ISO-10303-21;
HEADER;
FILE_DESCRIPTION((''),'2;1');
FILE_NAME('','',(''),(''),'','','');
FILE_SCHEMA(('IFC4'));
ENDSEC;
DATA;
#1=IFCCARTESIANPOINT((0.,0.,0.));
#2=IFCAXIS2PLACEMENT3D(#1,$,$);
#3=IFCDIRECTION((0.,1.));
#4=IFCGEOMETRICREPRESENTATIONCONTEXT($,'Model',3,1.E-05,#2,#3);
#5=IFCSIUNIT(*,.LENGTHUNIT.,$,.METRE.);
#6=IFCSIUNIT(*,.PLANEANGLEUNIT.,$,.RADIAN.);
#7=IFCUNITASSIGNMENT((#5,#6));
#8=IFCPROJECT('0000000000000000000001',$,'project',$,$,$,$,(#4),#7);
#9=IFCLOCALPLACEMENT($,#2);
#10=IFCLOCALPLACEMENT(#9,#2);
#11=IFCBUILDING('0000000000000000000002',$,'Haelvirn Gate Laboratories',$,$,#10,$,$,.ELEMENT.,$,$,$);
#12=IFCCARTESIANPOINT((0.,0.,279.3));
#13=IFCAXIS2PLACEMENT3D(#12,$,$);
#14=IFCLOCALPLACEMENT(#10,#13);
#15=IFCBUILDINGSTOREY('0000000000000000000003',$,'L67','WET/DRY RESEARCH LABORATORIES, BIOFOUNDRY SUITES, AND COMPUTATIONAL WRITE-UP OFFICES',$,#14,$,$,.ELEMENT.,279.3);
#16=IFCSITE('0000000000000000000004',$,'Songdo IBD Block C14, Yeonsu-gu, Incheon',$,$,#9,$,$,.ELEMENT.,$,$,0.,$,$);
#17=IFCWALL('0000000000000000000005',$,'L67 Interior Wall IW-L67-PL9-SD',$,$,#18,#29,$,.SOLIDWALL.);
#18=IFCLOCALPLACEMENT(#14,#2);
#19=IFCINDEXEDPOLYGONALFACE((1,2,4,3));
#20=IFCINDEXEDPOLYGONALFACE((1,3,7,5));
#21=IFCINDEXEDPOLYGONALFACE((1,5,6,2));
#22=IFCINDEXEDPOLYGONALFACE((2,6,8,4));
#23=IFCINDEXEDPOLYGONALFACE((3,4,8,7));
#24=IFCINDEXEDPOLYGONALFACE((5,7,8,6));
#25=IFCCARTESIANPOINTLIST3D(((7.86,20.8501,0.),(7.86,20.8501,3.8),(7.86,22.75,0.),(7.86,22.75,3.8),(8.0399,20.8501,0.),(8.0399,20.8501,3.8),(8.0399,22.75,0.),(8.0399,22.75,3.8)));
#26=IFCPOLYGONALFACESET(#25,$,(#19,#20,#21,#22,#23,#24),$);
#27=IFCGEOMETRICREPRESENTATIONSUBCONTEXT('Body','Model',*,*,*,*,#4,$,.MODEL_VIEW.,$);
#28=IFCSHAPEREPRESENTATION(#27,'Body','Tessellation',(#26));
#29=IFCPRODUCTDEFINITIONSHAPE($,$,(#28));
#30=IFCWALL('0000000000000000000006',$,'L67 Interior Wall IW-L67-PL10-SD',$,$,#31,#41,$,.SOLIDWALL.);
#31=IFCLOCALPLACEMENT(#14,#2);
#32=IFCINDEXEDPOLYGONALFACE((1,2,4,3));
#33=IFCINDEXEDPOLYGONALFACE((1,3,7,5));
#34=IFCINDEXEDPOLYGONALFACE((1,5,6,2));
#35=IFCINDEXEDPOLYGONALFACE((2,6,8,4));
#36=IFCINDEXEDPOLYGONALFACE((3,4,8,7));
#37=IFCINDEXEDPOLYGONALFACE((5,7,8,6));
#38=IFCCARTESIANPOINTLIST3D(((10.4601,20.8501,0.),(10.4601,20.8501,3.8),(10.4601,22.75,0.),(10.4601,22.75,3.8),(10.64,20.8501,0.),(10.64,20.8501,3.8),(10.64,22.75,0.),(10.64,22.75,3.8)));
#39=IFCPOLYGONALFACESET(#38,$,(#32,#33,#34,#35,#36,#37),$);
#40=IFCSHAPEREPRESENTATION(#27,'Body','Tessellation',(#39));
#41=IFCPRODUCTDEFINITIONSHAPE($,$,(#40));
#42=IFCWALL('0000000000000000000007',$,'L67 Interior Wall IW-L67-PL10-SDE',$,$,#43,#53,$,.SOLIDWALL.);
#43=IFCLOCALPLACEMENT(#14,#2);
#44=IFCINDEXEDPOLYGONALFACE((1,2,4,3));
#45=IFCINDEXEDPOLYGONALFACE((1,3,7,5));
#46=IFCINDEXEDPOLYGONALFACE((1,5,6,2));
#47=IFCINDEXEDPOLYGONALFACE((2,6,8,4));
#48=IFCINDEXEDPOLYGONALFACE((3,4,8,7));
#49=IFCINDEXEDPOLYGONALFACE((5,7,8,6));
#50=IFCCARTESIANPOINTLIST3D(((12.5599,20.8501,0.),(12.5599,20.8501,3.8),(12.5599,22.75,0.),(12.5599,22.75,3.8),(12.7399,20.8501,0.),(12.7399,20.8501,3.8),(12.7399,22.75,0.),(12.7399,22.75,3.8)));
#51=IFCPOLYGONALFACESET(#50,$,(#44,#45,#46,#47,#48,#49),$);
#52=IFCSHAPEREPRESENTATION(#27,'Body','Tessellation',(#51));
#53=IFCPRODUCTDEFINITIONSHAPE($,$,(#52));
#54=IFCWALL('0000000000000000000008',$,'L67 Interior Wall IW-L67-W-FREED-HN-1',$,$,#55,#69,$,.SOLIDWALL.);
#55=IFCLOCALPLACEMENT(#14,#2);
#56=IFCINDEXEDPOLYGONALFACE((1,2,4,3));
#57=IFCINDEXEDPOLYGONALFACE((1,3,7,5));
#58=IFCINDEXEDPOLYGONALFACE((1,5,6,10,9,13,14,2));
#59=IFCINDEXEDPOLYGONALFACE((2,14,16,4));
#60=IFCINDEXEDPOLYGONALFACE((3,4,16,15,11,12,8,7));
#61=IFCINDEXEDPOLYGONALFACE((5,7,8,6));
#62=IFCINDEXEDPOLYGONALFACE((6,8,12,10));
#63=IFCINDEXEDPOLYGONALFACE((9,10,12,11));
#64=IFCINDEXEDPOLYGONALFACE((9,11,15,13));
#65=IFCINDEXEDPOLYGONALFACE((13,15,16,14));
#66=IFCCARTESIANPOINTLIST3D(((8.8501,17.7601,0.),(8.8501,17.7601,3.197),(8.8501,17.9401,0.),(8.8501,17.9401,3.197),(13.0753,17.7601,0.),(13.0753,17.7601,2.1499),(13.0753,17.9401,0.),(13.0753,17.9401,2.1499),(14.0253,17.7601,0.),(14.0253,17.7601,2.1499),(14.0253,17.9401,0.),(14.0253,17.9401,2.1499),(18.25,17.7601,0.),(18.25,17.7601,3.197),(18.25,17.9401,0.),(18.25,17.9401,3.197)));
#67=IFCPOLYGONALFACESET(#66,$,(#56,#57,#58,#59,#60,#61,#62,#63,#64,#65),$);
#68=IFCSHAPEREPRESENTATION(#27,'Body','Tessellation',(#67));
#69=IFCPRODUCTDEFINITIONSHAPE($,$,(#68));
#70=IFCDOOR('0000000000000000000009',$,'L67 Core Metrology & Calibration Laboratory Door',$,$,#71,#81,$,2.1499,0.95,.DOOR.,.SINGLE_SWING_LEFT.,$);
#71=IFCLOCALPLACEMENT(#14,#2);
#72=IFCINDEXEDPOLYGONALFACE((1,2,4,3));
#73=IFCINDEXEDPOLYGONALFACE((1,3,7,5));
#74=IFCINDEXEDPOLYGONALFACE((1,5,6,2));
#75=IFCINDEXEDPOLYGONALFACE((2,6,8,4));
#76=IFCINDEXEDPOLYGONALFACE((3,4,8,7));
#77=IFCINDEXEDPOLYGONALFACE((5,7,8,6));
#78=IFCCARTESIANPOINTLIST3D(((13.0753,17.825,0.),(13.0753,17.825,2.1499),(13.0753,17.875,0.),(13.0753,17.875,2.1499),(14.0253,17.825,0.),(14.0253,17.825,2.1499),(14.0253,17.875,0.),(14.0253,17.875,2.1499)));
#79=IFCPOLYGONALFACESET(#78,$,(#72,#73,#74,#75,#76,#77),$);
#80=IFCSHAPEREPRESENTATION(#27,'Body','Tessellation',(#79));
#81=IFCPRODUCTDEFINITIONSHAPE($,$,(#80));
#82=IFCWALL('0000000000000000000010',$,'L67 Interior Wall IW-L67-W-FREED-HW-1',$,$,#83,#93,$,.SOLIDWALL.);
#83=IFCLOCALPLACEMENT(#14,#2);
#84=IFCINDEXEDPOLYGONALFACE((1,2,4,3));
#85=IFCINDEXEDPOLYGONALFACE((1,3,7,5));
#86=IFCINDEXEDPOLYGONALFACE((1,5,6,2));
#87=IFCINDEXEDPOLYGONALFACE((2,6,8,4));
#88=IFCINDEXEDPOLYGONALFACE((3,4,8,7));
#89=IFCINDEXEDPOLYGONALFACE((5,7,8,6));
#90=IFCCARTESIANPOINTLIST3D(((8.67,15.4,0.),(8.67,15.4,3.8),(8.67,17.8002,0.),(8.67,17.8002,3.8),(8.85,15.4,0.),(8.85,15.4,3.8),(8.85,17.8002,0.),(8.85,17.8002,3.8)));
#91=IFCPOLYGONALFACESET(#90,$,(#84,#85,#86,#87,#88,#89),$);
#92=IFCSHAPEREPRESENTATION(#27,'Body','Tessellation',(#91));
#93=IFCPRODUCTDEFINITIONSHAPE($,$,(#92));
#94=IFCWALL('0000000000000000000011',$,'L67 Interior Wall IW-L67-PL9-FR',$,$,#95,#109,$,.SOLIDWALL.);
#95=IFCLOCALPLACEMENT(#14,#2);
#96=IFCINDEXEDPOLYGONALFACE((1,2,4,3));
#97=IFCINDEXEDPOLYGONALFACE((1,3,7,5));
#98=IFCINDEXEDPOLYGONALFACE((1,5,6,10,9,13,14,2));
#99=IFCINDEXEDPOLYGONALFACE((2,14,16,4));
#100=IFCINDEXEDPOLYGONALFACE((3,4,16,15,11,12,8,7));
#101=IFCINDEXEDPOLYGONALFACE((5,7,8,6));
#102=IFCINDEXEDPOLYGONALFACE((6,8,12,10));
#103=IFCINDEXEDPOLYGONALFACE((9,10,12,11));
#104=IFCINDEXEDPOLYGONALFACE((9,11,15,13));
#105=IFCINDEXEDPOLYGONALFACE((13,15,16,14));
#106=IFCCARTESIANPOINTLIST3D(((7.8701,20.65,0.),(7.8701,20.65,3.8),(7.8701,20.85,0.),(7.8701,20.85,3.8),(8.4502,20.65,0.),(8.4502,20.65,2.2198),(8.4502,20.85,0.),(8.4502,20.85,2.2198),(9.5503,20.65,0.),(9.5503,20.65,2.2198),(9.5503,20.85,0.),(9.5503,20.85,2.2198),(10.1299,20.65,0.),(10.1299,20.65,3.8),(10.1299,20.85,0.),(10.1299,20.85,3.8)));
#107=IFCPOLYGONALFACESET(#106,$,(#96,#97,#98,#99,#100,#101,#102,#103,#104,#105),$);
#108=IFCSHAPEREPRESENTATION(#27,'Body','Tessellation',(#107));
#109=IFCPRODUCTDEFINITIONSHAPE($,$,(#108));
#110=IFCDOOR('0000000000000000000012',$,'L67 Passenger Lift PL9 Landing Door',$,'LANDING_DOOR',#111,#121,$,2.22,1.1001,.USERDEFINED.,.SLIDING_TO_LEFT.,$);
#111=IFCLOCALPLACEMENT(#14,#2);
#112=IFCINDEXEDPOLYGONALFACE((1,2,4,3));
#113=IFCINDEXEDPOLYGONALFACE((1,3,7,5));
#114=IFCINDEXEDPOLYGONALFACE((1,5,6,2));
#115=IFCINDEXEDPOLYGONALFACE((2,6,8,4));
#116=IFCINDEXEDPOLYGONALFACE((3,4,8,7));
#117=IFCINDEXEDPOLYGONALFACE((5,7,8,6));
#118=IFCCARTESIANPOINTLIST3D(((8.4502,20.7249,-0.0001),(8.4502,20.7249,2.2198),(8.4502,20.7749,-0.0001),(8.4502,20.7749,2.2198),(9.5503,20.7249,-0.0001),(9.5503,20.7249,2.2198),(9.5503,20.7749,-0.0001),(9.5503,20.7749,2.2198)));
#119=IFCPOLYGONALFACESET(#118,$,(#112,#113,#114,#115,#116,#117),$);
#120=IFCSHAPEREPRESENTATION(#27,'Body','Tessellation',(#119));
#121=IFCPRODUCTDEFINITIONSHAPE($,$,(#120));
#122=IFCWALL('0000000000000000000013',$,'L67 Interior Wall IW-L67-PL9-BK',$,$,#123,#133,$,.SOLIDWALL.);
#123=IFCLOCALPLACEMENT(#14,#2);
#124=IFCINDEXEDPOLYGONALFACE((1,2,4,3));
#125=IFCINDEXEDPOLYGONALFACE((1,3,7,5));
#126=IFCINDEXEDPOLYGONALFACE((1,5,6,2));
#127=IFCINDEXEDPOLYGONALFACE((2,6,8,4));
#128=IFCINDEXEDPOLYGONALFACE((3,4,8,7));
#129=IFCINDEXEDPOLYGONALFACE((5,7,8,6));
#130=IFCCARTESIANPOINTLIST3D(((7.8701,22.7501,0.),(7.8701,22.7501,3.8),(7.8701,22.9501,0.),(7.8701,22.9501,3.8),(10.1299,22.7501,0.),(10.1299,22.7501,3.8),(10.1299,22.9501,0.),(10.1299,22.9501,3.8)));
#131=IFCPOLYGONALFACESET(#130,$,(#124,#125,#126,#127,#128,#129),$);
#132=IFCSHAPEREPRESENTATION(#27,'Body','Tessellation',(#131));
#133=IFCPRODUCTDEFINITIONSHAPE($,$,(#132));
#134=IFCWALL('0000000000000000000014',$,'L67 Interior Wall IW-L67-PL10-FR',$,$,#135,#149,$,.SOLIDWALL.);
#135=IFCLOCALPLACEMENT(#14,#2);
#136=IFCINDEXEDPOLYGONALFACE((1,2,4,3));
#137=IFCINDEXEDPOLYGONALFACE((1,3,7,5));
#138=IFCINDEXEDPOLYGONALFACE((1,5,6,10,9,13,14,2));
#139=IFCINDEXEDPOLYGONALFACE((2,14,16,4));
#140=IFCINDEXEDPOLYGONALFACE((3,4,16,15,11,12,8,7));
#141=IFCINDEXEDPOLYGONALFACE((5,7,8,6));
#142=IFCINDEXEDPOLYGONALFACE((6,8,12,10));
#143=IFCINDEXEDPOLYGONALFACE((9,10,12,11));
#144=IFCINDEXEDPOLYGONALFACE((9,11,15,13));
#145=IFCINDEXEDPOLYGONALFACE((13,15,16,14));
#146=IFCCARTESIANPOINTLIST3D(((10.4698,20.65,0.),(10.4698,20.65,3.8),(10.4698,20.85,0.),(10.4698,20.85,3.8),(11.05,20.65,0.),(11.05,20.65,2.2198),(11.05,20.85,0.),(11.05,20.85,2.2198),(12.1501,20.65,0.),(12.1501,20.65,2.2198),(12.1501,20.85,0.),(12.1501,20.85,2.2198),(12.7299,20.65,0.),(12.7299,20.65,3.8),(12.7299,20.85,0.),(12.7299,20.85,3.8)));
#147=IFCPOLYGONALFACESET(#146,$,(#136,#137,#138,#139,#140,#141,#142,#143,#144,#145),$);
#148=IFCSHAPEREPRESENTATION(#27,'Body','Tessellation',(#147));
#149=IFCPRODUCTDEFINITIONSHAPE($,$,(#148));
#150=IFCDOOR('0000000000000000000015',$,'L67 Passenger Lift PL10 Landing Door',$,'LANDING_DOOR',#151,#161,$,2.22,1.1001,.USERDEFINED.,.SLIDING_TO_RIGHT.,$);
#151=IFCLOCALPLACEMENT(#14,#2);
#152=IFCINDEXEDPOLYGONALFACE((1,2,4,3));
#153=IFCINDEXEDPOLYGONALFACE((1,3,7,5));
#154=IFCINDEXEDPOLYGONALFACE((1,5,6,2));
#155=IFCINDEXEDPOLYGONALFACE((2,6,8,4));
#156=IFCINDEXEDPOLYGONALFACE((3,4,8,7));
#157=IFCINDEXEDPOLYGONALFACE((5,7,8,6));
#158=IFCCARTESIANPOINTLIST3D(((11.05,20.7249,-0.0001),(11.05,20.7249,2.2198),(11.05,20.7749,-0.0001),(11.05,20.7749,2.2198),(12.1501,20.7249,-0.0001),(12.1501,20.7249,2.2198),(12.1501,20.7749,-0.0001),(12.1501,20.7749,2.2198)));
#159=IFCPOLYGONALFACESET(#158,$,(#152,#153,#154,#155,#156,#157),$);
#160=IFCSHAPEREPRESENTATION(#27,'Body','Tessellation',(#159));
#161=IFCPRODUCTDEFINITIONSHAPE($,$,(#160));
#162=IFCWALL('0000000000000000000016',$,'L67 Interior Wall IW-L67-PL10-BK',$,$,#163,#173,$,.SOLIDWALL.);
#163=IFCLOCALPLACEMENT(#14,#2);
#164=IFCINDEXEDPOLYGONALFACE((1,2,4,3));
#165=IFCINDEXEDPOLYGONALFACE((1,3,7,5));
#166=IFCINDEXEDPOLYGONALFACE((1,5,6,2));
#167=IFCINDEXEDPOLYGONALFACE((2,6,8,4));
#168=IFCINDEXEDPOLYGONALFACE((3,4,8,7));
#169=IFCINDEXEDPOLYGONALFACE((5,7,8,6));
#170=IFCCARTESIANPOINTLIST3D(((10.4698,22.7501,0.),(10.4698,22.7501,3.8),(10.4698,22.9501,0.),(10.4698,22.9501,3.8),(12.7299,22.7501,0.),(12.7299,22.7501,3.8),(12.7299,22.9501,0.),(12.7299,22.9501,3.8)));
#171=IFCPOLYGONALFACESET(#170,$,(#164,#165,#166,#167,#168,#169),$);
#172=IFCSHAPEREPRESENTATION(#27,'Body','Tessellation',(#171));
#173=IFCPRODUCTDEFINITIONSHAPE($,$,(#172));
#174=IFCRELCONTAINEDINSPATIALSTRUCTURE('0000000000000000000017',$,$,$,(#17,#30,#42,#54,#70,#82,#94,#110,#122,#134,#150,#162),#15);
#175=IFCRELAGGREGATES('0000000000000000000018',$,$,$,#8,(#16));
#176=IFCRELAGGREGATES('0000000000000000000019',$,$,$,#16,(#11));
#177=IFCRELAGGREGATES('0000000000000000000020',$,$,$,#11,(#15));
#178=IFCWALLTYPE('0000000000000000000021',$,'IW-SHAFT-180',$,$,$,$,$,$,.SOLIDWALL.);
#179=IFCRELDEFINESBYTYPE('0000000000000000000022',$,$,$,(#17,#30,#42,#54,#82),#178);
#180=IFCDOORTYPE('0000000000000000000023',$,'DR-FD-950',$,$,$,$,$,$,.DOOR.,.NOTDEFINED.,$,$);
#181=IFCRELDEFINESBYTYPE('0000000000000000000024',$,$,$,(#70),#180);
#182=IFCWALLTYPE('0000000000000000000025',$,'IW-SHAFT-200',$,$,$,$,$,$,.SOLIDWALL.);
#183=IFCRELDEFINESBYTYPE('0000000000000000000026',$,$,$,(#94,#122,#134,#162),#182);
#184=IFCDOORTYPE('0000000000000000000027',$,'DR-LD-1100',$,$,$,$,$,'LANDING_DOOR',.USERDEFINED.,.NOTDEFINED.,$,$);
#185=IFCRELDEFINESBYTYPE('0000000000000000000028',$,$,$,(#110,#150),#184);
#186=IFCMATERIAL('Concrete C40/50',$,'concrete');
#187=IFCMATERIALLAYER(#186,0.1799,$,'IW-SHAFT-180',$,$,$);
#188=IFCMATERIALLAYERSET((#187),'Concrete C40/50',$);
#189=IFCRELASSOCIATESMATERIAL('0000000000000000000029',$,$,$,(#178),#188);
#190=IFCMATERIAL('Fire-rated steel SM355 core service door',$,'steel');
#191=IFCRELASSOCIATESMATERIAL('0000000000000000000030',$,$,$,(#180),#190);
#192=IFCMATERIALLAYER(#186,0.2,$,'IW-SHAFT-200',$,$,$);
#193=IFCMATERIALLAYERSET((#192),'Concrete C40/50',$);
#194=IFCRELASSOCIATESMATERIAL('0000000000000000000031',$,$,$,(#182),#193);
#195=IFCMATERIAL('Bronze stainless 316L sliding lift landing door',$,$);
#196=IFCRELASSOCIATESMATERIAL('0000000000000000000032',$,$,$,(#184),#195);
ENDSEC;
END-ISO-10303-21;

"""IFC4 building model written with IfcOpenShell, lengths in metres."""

from ifc_helpers import new_model, si_unit, direction, frame, frame_2d, origin, place, context, subcontext, project, spatial, rectangle, extrude, source, transform, mapped, material, layer, layer_set, type_object, type_shapes, element, fill, save


model = new_model("IFC4")

# Units and contexts
model_context = context("Model", 3, precision=1e-05, world=origin(), true_north=direction((0.0, 1.0)))
body_context = subcontext(model_context, "Body", "Model", "MODEL_VIEW")
ifc_project = project(units=[si_unit("LENGTHUNIT", "METRE"), si_unit("PLANEANGLEUNIT", "RADIAN")], contexts=[model_context])

# Site, building, storey
site_placement = place(None, origin())
site = spatial("IfcSite", under=ifc_project, at=site_placement, Name="Songdo IBD Block C14, Yeonsu-gu, Incheon", CompositionType="ELEMENT", RefElevation=0.0)
building_placement = place(site_placement, origin())
building = spatial("IfcBuilding", under=site, at=building_placement, Name="Haelvirn Gate Laboratories", CompositionType="ELEMENT")
storey_placement = place(building_placement, frame((0.0, 0.0, 279.3)))
storey = spatial("IfcBuildingStorey", under=building, at=storey_placement, Name="L67", Description="WET/DRY RESEARCH LABORATORIES, BIOFOUNDRY SUITES, AND COMPUTATIONAL WRITE-UP OFFICES", CompositionType="ELEMENT", Elevation=279.3)

# Walls
ifc_material_1 = material(Name="Concrete C40/50", Category="concrete")
ifc_layer_1 = layer(ifc_material_1, 0.1799, Name="IW-SHAFT-180")
ifc_layer_set_1 = layer_set([ifc_layer_1], Name="Concrete C40/50")
wall_type_1 = type_object("IfcWallType", Name="IW-SHAFT-180", PredefinedType="SOLIDWALL", material=ifc_layer_set_1)
for number, where, z_axis, x_axis, name in (
    (1, (7.95, 20.8501, 0.0), (0.0, 0.0, 1.0), (0.0, 1.0, 0.0), "L67 Interior Wall IW-L67-PL9-SD"),
    (2, (10.55, 20.8501, 0.0), (0.0, 0.0, 1.0), (0.0, 1.0, 0.0), "L67 Interior Wall IW-L67-PL10-SD"),
    (3, (12.6499, 20.8501, 0.0), (0.0, 0.0, 1.0), (0.0, 1.0, 0.0), "L67 Interior Wall IW-L67-PL10-SDE"),
):
    element("IfcWall", number, at=place(storey_placement, frame(where, z_axis=z_axis, x_axis=x_axis)), inside=storey, type_object=wall_type_1, Name=name, PredefinedType="SOLIDWALL", context=body_context, shape_type="SweptSolid", body=[
        extrude(rectangle(XDim=1.8999, YDim=0.1799, at=frame_2d((0.95, 0.0))), origin(), (0.0, 0.0, 1.0), 3.8),
    ])

# Wall, opening, door
wall_1_placement = place(storey_placement, frame((8.8501, 17.8501, 0.0), z_axis=(0.0, 0.0, 1.0), x_axis=(1.0, 0.0, 0.0)))
wall_1 = element("IfcWall", 4, at=wall_1_placement, inside=storey, type_object=wall_type_1, Name="L67 Interior Wall IW-L67-W-FREED-HN-1", PredefinedType="SOLIDWALL", context=body_context, shape_type="SweptSolid", body=[
    extrude(rectangle(XDim=9.3999, YDim=0.1799, at=frame_2d((4.7, 0.0))), origin(), (0.0, 0.0, 1.0), 3.197),
])
opening_1_placement = place(wall_1_placement, frame((4.2251, 0.0, 0.0)))
opening_1 = element("IfcOpeningElement", 5, at=opening_1_placement, cuts=wall_1, PredefinedType="OPENING", context=body_context, shape_type="SweptSolid", body=[
    extrude(rectangle(XDim=0.95, YDim=2.1499, at=frame_2d((0.4751, 1.075))), frame((0.0, 0.1001, 0.0), z_axis=(0.0, -1.0, 0.0), x_axis=(1.0, 0.0, 0.0)), (0.0, 0.0, 1.0), 0.2),
])
ifc_material_2 = material(Name="Fire-rated steel SM355 core service door", Category="steel")
door_type_1 = type_object("IfcDoorType", Name="DR-FD-950", OperationType="NOTDEFINED", PredefinedType="DOOR", material=ifc_material_2)
shared_shape_1 = source(origin(), body_context, "Body", "SweptSolid", [
    extrude(rectangle(XDim=0.95, YDim=2.1499, at=frame_2d((0.4751, 1.075))), frame((0.0, 0.0249, 0.0), z_axis=(0.0, -1.0, 0.0), x_axis=(1.0, 0.0, 0.0)), (0.0, 0.0, 1.0), 0.05),
])
type_shapes(door_type_1, [shared_shape_1])
door_1_placement = place(opening_1_placement, origin())
door_1 = element("IfcDoor", 6, at=door_1_placement, inside=storey, type_object=door_type_1, Name="L67 Core Metrology & Calibration Laboratory Door", OperationType="SINGLE_SWING_LEFT", OverallHeight=2.1499, OverallWidth=0.95, PredefinedType="DOOR", context=body_context, shape_type="MappedRepresentation", body=[
    mapped(shared_shape_1, transform((0.0, 0.0, 0.0), scale=1.0)),
])
fill(opening_1, door_1)

# Wall
wall_2_placement = place(storey_placement, frame((8.76, 15.3999, 0.0), z_axis=(0.0, 0.0, 1.0), x_axis=(0.0, 1.0, 0.0)))
element("IfcWall", 7, at=wall_2_placement, inside=storey, type_object=wall_type_1, Name="L67 Interior Wall IW-L67-W-FREED-HW-1", PredefinedType="SOLIDWALL", context=body_context, shape_type="SweptSolid", body=[
    extrude(rectangle(XDim=2.4001, YDim=0.1799, at=frame_2d((1.2002, 0.0))), origin(), (0.0, 0.0, 1.0), 3.8),
])

# Wall, opening, door
ifc_layer_2 = layer(ifc_material_1, 0.2, Name="IW-SHAFT-200")
ifc_layer_set_2 = layer_set([ifc_layer_2], Name="Concrete C40/50")
wall_type_2 = type_object("IfcWallType", Name="IW-SHAFT-200", PredefinedType="SOLIDWALL", material=ifc_layer_set_2)
wall_3_placement = place(storey_placement, frame((7.8701, 20.75, 0.0), z_axis=(0.0, 0.0, 1.0), x_axis=(1.0, 0.0, 0.0)))
wall_3 = element("IfcWall", 8, at=wall_3_placement, inside=storey, type_object=wall_type_2, Name="L67 Interior Wall IW-L67-PL9-FR", PredefinedType="SOLIDWALL", context=body_context, shape_type="SweptSolid", body=[
    extrude(rectangle(XDim=2.2598, YDim=0.2, at=frame_2d((1.1299, 0.0))), origin(), (0.0, 0.0, 1.0), 3.8),
])
opening_2_placement = place(wall_3_placement, frame((0.5801, 0.0, 0.0)))
opening_2 = element("IfcOpeningElement", 9, at=opening_2_placement, cuts=wall_3, PredefinedType="OPENING", context=body_context, shape_type="SweptSolid", body=[
    extrude(rectangle(XDim=1.1001, YDim=2.22, at=frame_2d((0.55, 1.1099))), frame((0.0, 0.1099, 0.0), z_axis=(0.0, -1.0, 0.0), x_axis=(1.0, 0.0, 0.0)), (0.0, 0.0, 1.0), 0.22),
])
ifc_material_3 = material(Name="Bronze stainless 316L sliding lift landing door")
door_type_2 = type_object("IfcDoorType", Name="DR-LD-1100", ElementType="LANDING_DOOR", OperationType="NOTDEFINED", PredefinedType="USERDEFINED", material=ifc_material_3)
shared_shape_2 = source(origin(), body_context, "Body", "SweptSolid", [
    extrude(rectangle(XDim=1.1001, YDim=2.22, at=frame_2d((0.55, 1.1099))), frame((0.0, 0.0249, 0.0), z_axis=(0.0, -1.0, 0.0), x_axis=(1.0, 0.0, 0.0)), (0.0, 0.0, 1.0), 0.05),
])
type_shapes(door_type_2, [shared_shape_2])
door_2_placement = place(opening_2_placement, origin())
door_2 = element("IfcDoor", 10, at=door_2_placement, inside=storey, type_object=door_type_2, Name="L67 Passenger Lift PL9 Landing Door", ObjectType="LANDING_DOOR", OperationType="SLIDING_TO_LEFT", OverallHeight=2.22, OverallWidth=1.1001, PredefinedType="USERDEFINED", context=body_context, shape_type="MappedRepresentation", body=[
    mapped(shared_shape_2, transform((0.0, 0.0, 0.0), scale=1.0)),
])
fill(opening_2, door_2)

# Wall
wall_4_placement = place(storey_placement, frame((7.8701, 22.8501, 0.0), z_axis=(0.0, 0.0, 1.0), x_axis=(1.0, 0.0, 0.0)))
element("IfcWall", 11, at=wall_4_placement, inside=storey, type_object=wall_type_2, Name="L67 Interior Wall IW-L67-PL9-BK", PredefinedType="SOLIDWALL", context=body_context, shape_type="SweptSolid", body=[
    extrude(rectangle(XDim=2.2598, YDim=0.2, at=frame_2d((1.1299, 0.0))), origin(), (0.0, 0.0, 1.0), 3.8),
])

# Wall, opening, door
wall_5_placement = place(storey_placement, frame((10.47, 20.75, 0.0), z_axis=(0.0, 0.0, 1.0), x_axis=(1.0, 0.0, 0.0)))
wall_5 = element("IfcWall", 12, at=wall_5_placement, inside=storey, type_object=wall_type_2, Name="L67 Interior Wall IW-L67-PL10-FR", PredefinedType="SOLIDWALL", context=body_context, shape_type="SweptSolid", body=[
    extrude(rectangle(XDim=2.26, YDim=0.2, at=frame_2d((1.1299, 0.0))), origin(), (0.0, 0.0, 1.0), 3.8),
])
opening_3_placement = place(wall_5_placement, frame((0.5801, 0.0, 0.0)))
opening_3 = element("IfcOpeningElement", 13, at=opening_3_placement, cuts=wall_5, PredefinedType="OPENING", context=body_context, shape_type="SweptSolid", body=[
    extrude(rectangle(XDim=1.1001, YDim=2.22, at=frame_2d((0.55, 1.1099))), frame((0.0, 0.1099, 0.0), z_axis=(0.0, -1.0, 0.0), x_axis=(1.0, 0.0, 0.0)), (0.0, 0.0, 1.0), 0.22),
])
door_3_placement = place(opening_3_placement, origin())
door_3 = element("IfcDoor", 14, at=door_3_placement, inside=storey, type_object=door_type_2, Name="L67 Passenger Lift PL10 Landing Door", ObjectType="LANDING_DOOR", OperationType="SLIDING_TO_RIGHT", OverallHeight=2.22, OverallWidth=1.1001, PredefinedType="USERDEFINED", context=body_context, shape_type="MappedRepresentation", body=[
    mapped(shared_shape_2, transform((0.0, 0.0, 0.0), scale=1.0)),
])
fill(opening_3, door_3)

# Wall
wall_6_placement = place(storey_placement, frame((10.47, 22.8501, 0.0), z_axis=(0.0, 0.0, 1.0), x_axis=(1.0, 0.0, 0.0)))
element("IfcWall", 15, at=wall_6_placement, inside=storey, type_object=wall_type_2, Name="L67 Interior Wall IW-L67-PL10-BK", PredefinedType="SOLIDWALL", context=body_context, shape_type="SweptSolid", body=[
    extrude(rectangle(XDim=2.26, YDim=0.2, at=frame_2d((1.1299, 0.0))), origin(), (0.0, 0.0, 1.0), 3.8),
])

save(model, "model.ifc")
